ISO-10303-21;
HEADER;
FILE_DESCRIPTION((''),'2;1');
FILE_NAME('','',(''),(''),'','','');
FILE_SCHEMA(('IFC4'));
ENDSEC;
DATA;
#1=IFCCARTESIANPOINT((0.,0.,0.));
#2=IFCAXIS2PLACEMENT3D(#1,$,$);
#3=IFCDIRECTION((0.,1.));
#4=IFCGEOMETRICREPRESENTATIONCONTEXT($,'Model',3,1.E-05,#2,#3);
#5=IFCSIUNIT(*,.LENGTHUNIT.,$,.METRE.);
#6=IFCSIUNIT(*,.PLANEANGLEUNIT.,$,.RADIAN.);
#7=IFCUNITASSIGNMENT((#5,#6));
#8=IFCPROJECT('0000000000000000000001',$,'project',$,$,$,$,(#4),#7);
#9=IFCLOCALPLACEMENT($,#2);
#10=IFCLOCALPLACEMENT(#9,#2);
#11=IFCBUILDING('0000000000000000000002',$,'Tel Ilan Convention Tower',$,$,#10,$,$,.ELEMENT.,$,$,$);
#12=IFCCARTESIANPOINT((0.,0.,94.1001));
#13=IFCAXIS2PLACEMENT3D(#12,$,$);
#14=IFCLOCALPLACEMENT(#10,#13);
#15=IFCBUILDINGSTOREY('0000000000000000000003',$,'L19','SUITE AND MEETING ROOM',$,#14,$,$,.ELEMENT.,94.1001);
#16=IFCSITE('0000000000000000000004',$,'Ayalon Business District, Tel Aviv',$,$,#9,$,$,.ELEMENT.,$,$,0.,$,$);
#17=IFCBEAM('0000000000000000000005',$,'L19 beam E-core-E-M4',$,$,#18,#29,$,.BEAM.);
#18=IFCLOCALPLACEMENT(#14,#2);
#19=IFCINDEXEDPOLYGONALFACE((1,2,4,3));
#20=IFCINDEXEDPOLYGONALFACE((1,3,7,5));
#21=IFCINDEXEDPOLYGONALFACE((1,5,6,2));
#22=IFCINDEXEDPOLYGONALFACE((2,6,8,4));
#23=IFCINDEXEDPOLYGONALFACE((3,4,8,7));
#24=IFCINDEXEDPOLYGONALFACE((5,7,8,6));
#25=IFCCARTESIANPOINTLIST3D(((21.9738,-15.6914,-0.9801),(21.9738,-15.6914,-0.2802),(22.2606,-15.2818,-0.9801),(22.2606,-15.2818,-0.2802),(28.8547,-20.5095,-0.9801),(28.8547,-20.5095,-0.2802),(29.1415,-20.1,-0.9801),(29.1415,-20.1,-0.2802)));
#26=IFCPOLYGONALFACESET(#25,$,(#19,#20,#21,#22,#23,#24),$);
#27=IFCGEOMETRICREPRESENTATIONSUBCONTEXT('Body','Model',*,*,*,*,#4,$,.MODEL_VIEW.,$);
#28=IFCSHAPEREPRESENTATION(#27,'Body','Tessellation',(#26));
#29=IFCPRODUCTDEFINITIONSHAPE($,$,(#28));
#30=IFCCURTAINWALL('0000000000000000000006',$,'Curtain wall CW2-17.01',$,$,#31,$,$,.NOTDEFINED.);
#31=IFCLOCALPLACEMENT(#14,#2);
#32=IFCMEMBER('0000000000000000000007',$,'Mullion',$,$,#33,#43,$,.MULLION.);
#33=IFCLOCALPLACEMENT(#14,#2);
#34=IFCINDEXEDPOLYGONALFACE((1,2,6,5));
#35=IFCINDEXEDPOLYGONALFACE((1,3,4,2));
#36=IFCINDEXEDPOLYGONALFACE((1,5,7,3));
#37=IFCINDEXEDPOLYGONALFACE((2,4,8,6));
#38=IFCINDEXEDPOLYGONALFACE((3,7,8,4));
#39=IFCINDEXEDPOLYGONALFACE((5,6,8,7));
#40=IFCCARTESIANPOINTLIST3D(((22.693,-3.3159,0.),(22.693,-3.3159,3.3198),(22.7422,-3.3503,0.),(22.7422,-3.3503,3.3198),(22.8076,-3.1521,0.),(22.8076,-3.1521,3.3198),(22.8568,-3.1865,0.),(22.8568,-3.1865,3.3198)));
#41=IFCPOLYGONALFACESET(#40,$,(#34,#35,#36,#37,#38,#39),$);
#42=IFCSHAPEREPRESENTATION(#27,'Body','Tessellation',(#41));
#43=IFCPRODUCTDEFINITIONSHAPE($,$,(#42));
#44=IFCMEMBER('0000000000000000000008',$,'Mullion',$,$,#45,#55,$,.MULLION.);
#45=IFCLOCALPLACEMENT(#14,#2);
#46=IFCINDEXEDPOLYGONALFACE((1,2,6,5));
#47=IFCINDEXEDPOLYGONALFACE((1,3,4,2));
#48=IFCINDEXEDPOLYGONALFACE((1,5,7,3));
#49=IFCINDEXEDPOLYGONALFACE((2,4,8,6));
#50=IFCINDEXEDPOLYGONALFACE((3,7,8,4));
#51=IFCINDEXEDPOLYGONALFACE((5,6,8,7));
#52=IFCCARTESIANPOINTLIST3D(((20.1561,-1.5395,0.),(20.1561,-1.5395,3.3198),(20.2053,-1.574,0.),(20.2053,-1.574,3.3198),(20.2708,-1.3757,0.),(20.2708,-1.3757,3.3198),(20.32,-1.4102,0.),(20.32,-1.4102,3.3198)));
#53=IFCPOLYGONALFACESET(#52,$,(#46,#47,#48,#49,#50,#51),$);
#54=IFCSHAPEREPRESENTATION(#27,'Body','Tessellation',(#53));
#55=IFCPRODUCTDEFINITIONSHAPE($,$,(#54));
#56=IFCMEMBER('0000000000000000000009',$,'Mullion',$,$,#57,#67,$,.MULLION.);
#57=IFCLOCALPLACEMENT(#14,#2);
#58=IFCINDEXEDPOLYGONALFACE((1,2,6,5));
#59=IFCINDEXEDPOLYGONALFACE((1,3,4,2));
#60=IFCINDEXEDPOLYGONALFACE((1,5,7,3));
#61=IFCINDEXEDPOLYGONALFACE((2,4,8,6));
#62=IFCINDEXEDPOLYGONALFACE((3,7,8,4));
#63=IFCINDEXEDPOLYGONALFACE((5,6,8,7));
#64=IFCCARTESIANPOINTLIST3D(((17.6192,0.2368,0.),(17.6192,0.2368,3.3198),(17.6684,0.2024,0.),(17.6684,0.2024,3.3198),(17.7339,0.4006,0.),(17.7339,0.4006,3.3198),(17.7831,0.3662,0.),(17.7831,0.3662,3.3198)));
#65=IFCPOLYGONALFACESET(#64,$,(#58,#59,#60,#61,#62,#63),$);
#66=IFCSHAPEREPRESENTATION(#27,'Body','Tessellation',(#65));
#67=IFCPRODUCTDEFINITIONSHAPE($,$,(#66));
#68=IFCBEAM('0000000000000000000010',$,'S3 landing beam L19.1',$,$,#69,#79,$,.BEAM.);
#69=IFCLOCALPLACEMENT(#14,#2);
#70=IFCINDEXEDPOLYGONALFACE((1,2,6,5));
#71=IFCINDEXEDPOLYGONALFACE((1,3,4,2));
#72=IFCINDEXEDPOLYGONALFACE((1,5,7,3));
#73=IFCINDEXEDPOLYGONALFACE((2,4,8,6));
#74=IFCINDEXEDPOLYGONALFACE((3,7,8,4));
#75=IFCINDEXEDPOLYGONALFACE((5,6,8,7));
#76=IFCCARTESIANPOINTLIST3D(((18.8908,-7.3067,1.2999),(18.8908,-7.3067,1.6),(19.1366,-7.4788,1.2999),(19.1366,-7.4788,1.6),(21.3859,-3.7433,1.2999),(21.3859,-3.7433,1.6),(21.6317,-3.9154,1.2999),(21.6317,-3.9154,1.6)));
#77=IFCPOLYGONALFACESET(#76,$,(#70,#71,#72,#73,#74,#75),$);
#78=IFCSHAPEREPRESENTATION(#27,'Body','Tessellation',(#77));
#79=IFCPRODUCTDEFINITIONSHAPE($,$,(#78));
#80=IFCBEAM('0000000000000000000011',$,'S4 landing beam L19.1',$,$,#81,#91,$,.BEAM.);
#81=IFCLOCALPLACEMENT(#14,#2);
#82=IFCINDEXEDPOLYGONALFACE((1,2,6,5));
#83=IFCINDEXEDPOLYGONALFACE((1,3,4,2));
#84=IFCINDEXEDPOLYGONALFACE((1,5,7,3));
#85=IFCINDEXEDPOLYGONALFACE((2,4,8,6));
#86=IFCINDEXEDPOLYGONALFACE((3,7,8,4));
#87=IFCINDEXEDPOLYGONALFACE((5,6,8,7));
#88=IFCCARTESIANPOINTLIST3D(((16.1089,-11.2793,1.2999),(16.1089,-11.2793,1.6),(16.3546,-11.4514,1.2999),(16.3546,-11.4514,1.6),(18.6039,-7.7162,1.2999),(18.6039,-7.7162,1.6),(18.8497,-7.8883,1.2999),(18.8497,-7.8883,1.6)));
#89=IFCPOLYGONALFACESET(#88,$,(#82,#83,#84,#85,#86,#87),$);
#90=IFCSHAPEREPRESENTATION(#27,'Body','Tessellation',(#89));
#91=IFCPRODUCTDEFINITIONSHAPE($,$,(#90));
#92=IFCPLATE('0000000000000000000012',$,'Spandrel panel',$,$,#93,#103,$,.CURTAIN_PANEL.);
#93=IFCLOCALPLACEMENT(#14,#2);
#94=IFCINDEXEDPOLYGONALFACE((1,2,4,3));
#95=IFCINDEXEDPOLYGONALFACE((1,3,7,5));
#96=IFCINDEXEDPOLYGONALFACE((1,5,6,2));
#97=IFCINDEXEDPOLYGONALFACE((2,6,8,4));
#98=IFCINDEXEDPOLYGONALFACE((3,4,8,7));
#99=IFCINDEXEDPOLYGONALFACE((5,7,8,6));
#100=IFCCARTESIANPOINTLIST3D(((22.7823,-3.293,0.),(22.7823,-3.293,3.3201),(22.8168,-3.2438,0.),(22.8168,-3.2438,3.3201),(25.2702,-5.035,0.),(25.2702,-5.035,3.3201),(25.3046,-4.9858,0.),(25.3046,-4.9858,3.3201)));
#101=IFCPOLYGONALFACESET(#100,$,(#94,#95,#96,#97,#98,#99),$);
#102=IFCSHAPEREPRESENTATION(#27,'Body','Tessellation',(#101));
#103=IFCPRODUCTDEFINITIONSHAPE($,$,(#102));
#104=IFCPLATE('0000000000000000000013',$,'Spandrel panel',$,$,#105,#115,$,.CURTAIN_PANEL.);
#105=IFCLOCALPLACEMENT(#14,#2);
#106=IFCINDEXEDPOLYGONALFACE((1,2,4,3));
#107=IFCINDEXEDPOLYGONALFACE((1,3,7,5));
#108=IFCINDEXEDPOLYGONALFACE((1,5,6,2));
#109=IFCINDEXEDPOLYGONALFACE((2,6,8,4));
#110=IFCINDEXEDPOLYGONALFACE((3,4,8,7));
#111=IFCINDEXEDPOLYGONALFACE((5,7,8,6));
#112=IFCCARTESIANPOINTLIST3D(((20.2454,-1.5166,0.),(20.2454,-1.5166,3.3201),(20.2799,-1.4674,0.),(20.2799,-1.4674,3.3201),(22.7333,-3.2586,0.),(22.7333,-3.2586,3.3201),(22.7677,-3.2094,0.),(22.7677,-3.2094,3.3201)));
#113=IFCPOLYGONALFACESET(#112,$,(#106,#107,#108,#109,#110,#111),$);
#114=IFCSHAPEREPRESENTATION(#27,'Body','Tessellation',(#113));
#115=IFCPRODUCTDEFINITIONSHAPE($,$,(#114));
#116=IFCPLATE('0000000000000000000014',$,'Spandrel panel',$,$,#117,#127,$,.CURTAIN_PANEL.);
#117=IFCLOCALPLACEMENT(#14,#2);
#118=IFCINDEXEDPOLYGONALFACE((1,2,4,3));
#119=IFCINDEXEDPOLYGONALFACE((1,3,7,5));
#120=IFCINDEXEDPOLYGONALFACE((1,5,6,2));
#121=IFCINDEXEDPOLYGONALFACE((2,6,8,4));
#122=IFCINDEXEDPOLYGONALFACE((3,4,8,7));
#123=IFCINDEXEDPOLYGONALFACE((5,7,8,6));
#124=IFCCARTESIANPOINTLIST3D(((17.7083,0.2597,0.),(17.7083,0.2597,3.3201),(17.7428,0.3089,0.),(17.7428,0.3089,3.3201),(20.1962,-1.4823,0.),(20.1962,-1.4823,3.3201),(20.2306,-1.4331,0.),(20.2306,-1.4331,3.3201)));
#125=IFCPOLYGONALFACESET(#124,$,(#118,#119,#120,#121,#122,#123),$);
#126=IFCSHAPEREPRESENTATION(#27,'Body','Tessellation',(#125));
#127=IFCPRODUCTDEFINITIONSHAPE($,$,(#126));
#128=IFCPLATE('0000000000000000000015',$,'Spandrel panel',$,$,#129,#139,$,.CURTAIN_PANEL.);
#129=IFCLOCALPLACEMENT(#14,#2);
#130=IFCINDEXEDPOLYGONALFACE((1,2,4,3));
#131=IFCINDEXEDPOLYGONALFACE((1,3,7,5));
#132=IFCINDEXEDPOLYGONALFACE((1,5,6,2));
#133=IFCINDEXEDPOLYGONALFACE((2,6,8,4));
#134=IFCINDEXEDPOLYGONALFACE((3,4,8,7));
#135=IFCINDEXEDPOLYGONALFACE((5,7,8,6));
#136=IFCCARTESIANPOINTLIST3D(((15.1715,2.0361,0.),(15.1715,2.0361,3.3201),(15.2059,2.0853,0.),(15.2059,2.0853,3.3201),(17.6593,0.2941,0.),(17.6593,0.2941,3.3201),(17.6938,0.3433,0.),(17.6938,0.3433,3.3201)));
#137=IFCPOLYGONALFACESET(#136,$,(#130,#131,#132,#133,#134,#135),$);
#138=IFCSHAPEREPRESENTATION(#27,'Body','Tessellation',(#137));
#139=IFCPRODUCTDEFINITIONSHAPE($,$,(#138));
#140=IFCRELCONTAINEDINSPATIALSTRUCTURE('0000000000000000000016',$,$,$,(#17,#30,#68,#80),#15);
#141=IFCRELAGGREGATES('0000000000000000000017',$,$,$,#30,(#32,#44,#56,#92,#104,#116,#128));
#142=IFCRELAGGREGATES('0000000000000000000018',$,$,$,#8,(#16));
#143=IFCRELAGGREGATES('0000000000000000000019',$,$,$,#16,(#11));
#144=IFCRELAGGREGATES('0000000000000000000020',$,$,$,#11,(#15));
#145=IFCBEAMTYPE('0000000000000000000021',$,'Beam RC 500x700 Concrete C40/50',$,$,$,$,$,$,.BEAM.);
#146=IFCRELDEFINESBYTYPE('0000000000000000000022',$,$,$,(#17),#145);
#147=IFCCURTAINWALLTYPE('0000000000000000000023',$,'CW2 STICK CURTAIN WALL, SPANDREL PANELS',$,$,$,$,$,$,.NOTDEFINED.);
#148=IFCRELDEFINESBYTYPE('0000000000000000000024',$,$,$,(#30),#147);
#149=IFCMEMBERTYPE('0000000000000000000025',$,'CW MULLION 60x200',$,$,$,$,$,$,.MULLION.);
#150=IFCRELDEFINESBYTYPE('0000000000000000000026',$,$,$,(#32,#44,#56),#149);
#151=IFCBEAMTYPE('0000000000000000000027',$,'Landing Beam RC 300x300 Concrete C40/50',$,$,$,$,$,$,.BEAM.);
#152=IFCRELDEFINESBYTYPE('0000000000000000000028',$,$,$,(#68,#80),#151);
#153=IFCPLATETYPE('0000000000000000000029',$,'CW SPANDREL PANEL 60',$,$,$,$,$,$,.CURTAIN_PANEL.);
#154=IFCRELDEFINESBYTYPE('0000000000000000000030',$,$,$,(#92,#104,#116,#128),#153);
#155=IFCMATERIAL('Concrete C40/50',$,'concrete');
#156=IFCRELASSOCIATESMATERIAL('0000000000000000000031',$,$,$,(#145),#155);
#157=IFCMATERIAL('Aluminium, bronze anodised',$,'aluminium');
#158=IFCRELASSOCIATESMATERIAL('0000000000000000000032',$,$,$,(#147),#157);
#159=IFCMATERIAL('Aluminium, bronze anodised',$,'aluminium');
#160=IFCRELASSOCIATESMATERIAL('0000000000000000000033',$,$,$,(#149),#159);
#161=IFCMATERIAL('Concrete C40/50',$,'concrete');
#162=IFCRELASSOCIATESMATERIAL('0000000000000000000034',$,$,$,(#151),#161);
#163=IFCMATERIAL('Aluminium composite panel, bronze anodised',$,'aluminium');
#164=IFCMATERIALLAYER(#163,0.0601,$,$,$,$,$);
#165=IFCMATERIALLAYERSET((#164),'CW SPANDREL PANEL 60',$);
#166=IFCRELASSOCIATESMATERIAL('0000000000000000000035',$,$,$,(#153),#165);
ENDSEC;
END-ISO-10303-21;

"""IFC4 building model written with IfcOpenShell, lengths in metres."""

from ifc_helpers import new_model, si_unit, direction, frame, origin, origin_2d, place, context, subcontext, project, spatial, rectangle, extrude, material, layer, layer_set, material_profile, profile_set, type_object, element, aggregate, save


model = new_model("IFC4")

# Units and contexts
model_context = context("Model", 3, precision=1e-05, world=origin(), true_north=direction((0.0, 1.0)))
body_context = subcontext(model_context, "Body", "Model", "MODEL_VIEW")
ifc_project = project(units=[si_unit("LENGTHUNIT", "METRE"), si_unit("PLANEANGLEUNIT", "RADIAN")], contexts=[model_context])

# Site, building, storey
site_placement = place(None, origin())
site = spatial("IfcSite", under=ifc_project, at=site_placement, Name="Ayalon Business District, Tel Aviv", CompositionType="ELEMENT", RefElevation=0.0)
building_placement = place(site_placement, origin())
building = spatial("IfcBuilding", under=site, at=building_placement, Name="Tel Ilan Convention Tower", CompositionType="ELEMENT")
storey_placement = place(building_placement, frame((0.0, 0.0, 94.1001)))
storey = spatial("IfcBuildingStorey", under=building, at=storey_placement, Name="L19", Description="SUITE AND MEETING ROOM", CompositionType="ELEMENT", Elevation=94.1001)

# Beam
ifc_material_1 = material(Name="Concrete C40/50", Category="concrete")
ifc_material_profile_1 = material_profile(ifc_material_1, rectangle(XDim=0.5, YDim=0.7, at=origin_2d()), Name="RC 500x700")
ifc_profile_set_1 = profile_set([ifc_material_profile_1], Name="Concrete C40/50")
beam_type_1 = type_object("IfcBeamType", Name="Beam RC 500x700 Concrete C40/50", PredefinedType="BEAM", material=ifc_profile_set_1)
beam_1_placement = place(storey_placement, frame((22.1172, -15.4866, -0.6301), z_axis=(0.819147, -0.573583, 0.0), x_axis=(0.573583, 0.819147, 0.0)))
element("IfcBeam", 1, at=beam_1_placement, inside=storey, type_object=beam_type_1, Name="L19 beam E-core-E-M4", PredefinedType="BEAM", context=body_context, shape_type="SweptSolid", body=[
    extrude(rectangle(XDim=0.5, YDim=0.7, at=origin_2d()), origin(), (0.0, 0.0, 1.0), 8.4001),
])

# Curtain wall, members
ifc_material_2 = material(Name="Aluminium, bronze anodised", Category="aluminium")
curtain_wall_type = type_object("IfcCurtainWallType", Name="CW2 STICK CURTAIN WALL, SPANDREL PANELS", PredefinedType="NOTDEFINED", material=ifc_material_2)
curtain_wall_placement = place(storey_placement, origin())
curtain_wall = element("IfcCurtainWall", 2, at=curtain_wall_placement, inside=storey, type_object=curtain_wall_type, Name="Curtain wall CW2-17.01", PredefinedType="NOTDEFINED")
ifc_material_3 = material(Name="Aluminium, bronze anodised", Category="aluminium")
ifc_material_profile_2 = material_profile(ifc_material_3, rectangle(XDim=0.0601, YDim=0.2, at=origin_2d()), Name="CW MULLION 60x200")
ifc_profile_set_2 = profile_set([ifc_material_profile_2], Name="Aluminium, bronze anodised")
member_type = type_object("IfcMemberType", Name="CW MULLION 60x200", PredefinedType="MULLION", material=ifc_profile_set_2)
member_1_placement = place(storey_placement, frame((22.7749, -3.2512, 0.0), z_axis=(0.0, 0.0, 1.0), x_axis=(-0.819152, 0.573576, 0.0)))
member_1 = element("IfcMember", 3, at=member_1_placement, type_object=member_type, Name="Mullion", PredefinedType="MULLION", context=body_context, shape_type="SweptSolid", body=[
    extrude(rectangle(XDim=0.0601, YDim=0.2, at=origin_2d()), origin(), (0.0, 0.0, 1.0), 3.3198),
])
member_2_placement = place(storey_placement, frame((20.238, -1.4749, 0.0), z_axis=(0.0, 0.0, 1.0), x_axis=(-0.819152, 0.573576, 0.0)))
member_2 = element("IfcMember", 4, at=member_2_placement, type_object=member_type, Name="Mullion", PredefinedType="MULLION", context=body_context, shape_type="SweptSolid", body=[
    extrude(rectangle(XDim=0.0601, YDim=0.2, at=origin_2d()), origin(), (0.0, 0.0, 1.0), 3.3198),
])
member_3_placement = place(storey_placement, frame((17.7012, 0.3015, 0.0), z_axis=(0.0, 0.0, 1.0), x_axis=(-0.819152, 0.573576, 0.0)))
member_3 = element("IfcMember", 5, at=member_3_placement, type_object=member_type, Name="Mullion", PredefinedType="MULLION", context=body_context, shape_type="SweptSolid", body=[
    extrude(rectangle(XDim=0.0601, YDim=0.2, at=origin_2d()), origin(), (0.0, 0.0, 1.0), 3.3198),
])

# Beams
ifc_material_4 = material(Name="Concrete C40/50", Category="concrete")
ifc_material_profile_3 = material_profile(ifc_material_4, rectangle(XDim=0.3, YDim=0.3, at=origin_2d()), Name="RC 300x300")
ifc_profile_set_3 = profile_set([ifc_material_profile_3], Name="Concrete C40/50")
beam_type_2 = type_object("IfcBeamType", Name="Landing Beam RC 300x300 Concrete C40/50", PredefinedType="BEAM", material=ifc_profile_set_3)
beam_2_placement = place(storey_placement, frame((21.5088, -3.8293, 1.45), z_axis=(-0.573568, -0.819158, 0.0), x_axis=(0.819158, -0.573568, 0.0)))
element("IfcBeam", 6, at=beam_2_placement, inside=storey, type_object=beam_type_2, Name="S3 landing beam L19.1", PredefinedType="BEAM", context=body_context, shape_type="SweptSolid", body=[
    extrude(rectangle(XDim=0.3, YDim=0.3, at=origin_2d()), origin(), (0.0, 0.0, 1.0), 4.3501),
])
beam_3_placement = place(storey_placement, frame((18.7268, -7.8022, 1.45), z_axis=(-0.573594, -0.81914, 0.0), x_axis=(0.81914, -0.573594, 0.0)))
element("IfcBeam", 7, at=beam_3_placement, inside=storey, type_object=beam_type_2, Name="S4 landing beam L19.1", PredefinedType="BEAM", context=body_context, shape_type="SweptSolid", body=[
    extrude(rectangle(XDim=0.3, YDim=0.3, at=origin_2d()), origin(), (0.0, 0.0, 1.0), 4.3499),
])

# Plates
ifc_material_5 = material(Name="Aluminium composite panel, bronze anodised", Category="aluminium")
ifc_layer_1 = layer(ifc_material_5, 0.0601)
ifc_layer_set_1 = layer_set([ifc_layer_1], Name="CW SPANDREL PANEL 60")
plate_type = type_object("IfcPlateType", Name="CW SPANDREL PANEL 60", PredefinedType="CURTAIN_PANEL", material=ifc_layer_set_1)
plate_1_placement = place(storey_placement, frame((24.0435, -4.1394, 0.0), z_axis=(0.0, 0.0, 1.0), x_axis=(-0.819152, 0.573576, 0.0)))
plate_1 = element("IfcPlate", 8, at=plate_1_placement, type_object=plate_type, Name="Spandrel panel", PredefinedType="CURTAIN_PANEL", context=body_context, shape_type="SweptSolid", body=[
    extrude(rectangle(XDim=3.0371, YDim=0.0601, at=origin_2d()), origin(), (0.0, 0.0, 1.0), 3.3201),
])
plate_2_placement = place(storey_placement, frame((21.5066, -2.363, 0.0), z_axis=(0.0, 0.0, 1.0), x_axis=(-0.819152, 0.573576, 0.0)))
plate_2 = element("IfcPlate", 9, at=plate_2_placement, type_object=plate_type, Name="Spandrel panel", PredefinedType="CURTAIN_PANEL", context=body_context, shape_type="SweptSolid", body=[
    extrude(rectangle(XDim=3.0371, YDim=0.0601, at=origin_2d()), origin(), (0.0, 0.0, 1.0), 3.3201),
])
plate_3_placement = place(storey_placement, frame((18.9695, -0.5867, 0.0), z_axis=(0.0, 0.0, 1.0), x_axis=(-0.819152, 0.573576, 0.0)))
plate_3 = element("IfcPlate", 10, at=plate_3_placement, type_object=plate_type, Name="Spandrel panel", PredefinedType="CURTAIN_PANEL", context=body_context, shape_type="SweptSolid", body=[
    extrude(rectangle(XDim=3.0371, YDim=0.0601, at=origin_2d()), origin(), (0.0, 0.0, 1.0), 3.3201),
])
plate_4_placement = place(storey_placement, frame((16.4326, 1.1897, 0.0), z_axis=(0.0, 0.0, 1.0), x_axis=(-0.819152, 0.573576, 0.0)))
plate_4 = element("IfcPlate", 11, at=plate_4_placement, type_object=plate_type, Name="Spandrel panel", PredefinedType="CURTAIN_PANEL", context=body_context, shape_type="SweptSolid", body=[
    extrude(rectangle(XDim=3.0371, YDim=0.0601, at=origin_2d()), origin(), (0.0, 0.0, 1.0), 3.3201),
])
aggregate(curtain_wall, [member_1, member_2, member_3, plate_1, plate_2, plate_3, plate_4])

save(model, "model.ifc")
